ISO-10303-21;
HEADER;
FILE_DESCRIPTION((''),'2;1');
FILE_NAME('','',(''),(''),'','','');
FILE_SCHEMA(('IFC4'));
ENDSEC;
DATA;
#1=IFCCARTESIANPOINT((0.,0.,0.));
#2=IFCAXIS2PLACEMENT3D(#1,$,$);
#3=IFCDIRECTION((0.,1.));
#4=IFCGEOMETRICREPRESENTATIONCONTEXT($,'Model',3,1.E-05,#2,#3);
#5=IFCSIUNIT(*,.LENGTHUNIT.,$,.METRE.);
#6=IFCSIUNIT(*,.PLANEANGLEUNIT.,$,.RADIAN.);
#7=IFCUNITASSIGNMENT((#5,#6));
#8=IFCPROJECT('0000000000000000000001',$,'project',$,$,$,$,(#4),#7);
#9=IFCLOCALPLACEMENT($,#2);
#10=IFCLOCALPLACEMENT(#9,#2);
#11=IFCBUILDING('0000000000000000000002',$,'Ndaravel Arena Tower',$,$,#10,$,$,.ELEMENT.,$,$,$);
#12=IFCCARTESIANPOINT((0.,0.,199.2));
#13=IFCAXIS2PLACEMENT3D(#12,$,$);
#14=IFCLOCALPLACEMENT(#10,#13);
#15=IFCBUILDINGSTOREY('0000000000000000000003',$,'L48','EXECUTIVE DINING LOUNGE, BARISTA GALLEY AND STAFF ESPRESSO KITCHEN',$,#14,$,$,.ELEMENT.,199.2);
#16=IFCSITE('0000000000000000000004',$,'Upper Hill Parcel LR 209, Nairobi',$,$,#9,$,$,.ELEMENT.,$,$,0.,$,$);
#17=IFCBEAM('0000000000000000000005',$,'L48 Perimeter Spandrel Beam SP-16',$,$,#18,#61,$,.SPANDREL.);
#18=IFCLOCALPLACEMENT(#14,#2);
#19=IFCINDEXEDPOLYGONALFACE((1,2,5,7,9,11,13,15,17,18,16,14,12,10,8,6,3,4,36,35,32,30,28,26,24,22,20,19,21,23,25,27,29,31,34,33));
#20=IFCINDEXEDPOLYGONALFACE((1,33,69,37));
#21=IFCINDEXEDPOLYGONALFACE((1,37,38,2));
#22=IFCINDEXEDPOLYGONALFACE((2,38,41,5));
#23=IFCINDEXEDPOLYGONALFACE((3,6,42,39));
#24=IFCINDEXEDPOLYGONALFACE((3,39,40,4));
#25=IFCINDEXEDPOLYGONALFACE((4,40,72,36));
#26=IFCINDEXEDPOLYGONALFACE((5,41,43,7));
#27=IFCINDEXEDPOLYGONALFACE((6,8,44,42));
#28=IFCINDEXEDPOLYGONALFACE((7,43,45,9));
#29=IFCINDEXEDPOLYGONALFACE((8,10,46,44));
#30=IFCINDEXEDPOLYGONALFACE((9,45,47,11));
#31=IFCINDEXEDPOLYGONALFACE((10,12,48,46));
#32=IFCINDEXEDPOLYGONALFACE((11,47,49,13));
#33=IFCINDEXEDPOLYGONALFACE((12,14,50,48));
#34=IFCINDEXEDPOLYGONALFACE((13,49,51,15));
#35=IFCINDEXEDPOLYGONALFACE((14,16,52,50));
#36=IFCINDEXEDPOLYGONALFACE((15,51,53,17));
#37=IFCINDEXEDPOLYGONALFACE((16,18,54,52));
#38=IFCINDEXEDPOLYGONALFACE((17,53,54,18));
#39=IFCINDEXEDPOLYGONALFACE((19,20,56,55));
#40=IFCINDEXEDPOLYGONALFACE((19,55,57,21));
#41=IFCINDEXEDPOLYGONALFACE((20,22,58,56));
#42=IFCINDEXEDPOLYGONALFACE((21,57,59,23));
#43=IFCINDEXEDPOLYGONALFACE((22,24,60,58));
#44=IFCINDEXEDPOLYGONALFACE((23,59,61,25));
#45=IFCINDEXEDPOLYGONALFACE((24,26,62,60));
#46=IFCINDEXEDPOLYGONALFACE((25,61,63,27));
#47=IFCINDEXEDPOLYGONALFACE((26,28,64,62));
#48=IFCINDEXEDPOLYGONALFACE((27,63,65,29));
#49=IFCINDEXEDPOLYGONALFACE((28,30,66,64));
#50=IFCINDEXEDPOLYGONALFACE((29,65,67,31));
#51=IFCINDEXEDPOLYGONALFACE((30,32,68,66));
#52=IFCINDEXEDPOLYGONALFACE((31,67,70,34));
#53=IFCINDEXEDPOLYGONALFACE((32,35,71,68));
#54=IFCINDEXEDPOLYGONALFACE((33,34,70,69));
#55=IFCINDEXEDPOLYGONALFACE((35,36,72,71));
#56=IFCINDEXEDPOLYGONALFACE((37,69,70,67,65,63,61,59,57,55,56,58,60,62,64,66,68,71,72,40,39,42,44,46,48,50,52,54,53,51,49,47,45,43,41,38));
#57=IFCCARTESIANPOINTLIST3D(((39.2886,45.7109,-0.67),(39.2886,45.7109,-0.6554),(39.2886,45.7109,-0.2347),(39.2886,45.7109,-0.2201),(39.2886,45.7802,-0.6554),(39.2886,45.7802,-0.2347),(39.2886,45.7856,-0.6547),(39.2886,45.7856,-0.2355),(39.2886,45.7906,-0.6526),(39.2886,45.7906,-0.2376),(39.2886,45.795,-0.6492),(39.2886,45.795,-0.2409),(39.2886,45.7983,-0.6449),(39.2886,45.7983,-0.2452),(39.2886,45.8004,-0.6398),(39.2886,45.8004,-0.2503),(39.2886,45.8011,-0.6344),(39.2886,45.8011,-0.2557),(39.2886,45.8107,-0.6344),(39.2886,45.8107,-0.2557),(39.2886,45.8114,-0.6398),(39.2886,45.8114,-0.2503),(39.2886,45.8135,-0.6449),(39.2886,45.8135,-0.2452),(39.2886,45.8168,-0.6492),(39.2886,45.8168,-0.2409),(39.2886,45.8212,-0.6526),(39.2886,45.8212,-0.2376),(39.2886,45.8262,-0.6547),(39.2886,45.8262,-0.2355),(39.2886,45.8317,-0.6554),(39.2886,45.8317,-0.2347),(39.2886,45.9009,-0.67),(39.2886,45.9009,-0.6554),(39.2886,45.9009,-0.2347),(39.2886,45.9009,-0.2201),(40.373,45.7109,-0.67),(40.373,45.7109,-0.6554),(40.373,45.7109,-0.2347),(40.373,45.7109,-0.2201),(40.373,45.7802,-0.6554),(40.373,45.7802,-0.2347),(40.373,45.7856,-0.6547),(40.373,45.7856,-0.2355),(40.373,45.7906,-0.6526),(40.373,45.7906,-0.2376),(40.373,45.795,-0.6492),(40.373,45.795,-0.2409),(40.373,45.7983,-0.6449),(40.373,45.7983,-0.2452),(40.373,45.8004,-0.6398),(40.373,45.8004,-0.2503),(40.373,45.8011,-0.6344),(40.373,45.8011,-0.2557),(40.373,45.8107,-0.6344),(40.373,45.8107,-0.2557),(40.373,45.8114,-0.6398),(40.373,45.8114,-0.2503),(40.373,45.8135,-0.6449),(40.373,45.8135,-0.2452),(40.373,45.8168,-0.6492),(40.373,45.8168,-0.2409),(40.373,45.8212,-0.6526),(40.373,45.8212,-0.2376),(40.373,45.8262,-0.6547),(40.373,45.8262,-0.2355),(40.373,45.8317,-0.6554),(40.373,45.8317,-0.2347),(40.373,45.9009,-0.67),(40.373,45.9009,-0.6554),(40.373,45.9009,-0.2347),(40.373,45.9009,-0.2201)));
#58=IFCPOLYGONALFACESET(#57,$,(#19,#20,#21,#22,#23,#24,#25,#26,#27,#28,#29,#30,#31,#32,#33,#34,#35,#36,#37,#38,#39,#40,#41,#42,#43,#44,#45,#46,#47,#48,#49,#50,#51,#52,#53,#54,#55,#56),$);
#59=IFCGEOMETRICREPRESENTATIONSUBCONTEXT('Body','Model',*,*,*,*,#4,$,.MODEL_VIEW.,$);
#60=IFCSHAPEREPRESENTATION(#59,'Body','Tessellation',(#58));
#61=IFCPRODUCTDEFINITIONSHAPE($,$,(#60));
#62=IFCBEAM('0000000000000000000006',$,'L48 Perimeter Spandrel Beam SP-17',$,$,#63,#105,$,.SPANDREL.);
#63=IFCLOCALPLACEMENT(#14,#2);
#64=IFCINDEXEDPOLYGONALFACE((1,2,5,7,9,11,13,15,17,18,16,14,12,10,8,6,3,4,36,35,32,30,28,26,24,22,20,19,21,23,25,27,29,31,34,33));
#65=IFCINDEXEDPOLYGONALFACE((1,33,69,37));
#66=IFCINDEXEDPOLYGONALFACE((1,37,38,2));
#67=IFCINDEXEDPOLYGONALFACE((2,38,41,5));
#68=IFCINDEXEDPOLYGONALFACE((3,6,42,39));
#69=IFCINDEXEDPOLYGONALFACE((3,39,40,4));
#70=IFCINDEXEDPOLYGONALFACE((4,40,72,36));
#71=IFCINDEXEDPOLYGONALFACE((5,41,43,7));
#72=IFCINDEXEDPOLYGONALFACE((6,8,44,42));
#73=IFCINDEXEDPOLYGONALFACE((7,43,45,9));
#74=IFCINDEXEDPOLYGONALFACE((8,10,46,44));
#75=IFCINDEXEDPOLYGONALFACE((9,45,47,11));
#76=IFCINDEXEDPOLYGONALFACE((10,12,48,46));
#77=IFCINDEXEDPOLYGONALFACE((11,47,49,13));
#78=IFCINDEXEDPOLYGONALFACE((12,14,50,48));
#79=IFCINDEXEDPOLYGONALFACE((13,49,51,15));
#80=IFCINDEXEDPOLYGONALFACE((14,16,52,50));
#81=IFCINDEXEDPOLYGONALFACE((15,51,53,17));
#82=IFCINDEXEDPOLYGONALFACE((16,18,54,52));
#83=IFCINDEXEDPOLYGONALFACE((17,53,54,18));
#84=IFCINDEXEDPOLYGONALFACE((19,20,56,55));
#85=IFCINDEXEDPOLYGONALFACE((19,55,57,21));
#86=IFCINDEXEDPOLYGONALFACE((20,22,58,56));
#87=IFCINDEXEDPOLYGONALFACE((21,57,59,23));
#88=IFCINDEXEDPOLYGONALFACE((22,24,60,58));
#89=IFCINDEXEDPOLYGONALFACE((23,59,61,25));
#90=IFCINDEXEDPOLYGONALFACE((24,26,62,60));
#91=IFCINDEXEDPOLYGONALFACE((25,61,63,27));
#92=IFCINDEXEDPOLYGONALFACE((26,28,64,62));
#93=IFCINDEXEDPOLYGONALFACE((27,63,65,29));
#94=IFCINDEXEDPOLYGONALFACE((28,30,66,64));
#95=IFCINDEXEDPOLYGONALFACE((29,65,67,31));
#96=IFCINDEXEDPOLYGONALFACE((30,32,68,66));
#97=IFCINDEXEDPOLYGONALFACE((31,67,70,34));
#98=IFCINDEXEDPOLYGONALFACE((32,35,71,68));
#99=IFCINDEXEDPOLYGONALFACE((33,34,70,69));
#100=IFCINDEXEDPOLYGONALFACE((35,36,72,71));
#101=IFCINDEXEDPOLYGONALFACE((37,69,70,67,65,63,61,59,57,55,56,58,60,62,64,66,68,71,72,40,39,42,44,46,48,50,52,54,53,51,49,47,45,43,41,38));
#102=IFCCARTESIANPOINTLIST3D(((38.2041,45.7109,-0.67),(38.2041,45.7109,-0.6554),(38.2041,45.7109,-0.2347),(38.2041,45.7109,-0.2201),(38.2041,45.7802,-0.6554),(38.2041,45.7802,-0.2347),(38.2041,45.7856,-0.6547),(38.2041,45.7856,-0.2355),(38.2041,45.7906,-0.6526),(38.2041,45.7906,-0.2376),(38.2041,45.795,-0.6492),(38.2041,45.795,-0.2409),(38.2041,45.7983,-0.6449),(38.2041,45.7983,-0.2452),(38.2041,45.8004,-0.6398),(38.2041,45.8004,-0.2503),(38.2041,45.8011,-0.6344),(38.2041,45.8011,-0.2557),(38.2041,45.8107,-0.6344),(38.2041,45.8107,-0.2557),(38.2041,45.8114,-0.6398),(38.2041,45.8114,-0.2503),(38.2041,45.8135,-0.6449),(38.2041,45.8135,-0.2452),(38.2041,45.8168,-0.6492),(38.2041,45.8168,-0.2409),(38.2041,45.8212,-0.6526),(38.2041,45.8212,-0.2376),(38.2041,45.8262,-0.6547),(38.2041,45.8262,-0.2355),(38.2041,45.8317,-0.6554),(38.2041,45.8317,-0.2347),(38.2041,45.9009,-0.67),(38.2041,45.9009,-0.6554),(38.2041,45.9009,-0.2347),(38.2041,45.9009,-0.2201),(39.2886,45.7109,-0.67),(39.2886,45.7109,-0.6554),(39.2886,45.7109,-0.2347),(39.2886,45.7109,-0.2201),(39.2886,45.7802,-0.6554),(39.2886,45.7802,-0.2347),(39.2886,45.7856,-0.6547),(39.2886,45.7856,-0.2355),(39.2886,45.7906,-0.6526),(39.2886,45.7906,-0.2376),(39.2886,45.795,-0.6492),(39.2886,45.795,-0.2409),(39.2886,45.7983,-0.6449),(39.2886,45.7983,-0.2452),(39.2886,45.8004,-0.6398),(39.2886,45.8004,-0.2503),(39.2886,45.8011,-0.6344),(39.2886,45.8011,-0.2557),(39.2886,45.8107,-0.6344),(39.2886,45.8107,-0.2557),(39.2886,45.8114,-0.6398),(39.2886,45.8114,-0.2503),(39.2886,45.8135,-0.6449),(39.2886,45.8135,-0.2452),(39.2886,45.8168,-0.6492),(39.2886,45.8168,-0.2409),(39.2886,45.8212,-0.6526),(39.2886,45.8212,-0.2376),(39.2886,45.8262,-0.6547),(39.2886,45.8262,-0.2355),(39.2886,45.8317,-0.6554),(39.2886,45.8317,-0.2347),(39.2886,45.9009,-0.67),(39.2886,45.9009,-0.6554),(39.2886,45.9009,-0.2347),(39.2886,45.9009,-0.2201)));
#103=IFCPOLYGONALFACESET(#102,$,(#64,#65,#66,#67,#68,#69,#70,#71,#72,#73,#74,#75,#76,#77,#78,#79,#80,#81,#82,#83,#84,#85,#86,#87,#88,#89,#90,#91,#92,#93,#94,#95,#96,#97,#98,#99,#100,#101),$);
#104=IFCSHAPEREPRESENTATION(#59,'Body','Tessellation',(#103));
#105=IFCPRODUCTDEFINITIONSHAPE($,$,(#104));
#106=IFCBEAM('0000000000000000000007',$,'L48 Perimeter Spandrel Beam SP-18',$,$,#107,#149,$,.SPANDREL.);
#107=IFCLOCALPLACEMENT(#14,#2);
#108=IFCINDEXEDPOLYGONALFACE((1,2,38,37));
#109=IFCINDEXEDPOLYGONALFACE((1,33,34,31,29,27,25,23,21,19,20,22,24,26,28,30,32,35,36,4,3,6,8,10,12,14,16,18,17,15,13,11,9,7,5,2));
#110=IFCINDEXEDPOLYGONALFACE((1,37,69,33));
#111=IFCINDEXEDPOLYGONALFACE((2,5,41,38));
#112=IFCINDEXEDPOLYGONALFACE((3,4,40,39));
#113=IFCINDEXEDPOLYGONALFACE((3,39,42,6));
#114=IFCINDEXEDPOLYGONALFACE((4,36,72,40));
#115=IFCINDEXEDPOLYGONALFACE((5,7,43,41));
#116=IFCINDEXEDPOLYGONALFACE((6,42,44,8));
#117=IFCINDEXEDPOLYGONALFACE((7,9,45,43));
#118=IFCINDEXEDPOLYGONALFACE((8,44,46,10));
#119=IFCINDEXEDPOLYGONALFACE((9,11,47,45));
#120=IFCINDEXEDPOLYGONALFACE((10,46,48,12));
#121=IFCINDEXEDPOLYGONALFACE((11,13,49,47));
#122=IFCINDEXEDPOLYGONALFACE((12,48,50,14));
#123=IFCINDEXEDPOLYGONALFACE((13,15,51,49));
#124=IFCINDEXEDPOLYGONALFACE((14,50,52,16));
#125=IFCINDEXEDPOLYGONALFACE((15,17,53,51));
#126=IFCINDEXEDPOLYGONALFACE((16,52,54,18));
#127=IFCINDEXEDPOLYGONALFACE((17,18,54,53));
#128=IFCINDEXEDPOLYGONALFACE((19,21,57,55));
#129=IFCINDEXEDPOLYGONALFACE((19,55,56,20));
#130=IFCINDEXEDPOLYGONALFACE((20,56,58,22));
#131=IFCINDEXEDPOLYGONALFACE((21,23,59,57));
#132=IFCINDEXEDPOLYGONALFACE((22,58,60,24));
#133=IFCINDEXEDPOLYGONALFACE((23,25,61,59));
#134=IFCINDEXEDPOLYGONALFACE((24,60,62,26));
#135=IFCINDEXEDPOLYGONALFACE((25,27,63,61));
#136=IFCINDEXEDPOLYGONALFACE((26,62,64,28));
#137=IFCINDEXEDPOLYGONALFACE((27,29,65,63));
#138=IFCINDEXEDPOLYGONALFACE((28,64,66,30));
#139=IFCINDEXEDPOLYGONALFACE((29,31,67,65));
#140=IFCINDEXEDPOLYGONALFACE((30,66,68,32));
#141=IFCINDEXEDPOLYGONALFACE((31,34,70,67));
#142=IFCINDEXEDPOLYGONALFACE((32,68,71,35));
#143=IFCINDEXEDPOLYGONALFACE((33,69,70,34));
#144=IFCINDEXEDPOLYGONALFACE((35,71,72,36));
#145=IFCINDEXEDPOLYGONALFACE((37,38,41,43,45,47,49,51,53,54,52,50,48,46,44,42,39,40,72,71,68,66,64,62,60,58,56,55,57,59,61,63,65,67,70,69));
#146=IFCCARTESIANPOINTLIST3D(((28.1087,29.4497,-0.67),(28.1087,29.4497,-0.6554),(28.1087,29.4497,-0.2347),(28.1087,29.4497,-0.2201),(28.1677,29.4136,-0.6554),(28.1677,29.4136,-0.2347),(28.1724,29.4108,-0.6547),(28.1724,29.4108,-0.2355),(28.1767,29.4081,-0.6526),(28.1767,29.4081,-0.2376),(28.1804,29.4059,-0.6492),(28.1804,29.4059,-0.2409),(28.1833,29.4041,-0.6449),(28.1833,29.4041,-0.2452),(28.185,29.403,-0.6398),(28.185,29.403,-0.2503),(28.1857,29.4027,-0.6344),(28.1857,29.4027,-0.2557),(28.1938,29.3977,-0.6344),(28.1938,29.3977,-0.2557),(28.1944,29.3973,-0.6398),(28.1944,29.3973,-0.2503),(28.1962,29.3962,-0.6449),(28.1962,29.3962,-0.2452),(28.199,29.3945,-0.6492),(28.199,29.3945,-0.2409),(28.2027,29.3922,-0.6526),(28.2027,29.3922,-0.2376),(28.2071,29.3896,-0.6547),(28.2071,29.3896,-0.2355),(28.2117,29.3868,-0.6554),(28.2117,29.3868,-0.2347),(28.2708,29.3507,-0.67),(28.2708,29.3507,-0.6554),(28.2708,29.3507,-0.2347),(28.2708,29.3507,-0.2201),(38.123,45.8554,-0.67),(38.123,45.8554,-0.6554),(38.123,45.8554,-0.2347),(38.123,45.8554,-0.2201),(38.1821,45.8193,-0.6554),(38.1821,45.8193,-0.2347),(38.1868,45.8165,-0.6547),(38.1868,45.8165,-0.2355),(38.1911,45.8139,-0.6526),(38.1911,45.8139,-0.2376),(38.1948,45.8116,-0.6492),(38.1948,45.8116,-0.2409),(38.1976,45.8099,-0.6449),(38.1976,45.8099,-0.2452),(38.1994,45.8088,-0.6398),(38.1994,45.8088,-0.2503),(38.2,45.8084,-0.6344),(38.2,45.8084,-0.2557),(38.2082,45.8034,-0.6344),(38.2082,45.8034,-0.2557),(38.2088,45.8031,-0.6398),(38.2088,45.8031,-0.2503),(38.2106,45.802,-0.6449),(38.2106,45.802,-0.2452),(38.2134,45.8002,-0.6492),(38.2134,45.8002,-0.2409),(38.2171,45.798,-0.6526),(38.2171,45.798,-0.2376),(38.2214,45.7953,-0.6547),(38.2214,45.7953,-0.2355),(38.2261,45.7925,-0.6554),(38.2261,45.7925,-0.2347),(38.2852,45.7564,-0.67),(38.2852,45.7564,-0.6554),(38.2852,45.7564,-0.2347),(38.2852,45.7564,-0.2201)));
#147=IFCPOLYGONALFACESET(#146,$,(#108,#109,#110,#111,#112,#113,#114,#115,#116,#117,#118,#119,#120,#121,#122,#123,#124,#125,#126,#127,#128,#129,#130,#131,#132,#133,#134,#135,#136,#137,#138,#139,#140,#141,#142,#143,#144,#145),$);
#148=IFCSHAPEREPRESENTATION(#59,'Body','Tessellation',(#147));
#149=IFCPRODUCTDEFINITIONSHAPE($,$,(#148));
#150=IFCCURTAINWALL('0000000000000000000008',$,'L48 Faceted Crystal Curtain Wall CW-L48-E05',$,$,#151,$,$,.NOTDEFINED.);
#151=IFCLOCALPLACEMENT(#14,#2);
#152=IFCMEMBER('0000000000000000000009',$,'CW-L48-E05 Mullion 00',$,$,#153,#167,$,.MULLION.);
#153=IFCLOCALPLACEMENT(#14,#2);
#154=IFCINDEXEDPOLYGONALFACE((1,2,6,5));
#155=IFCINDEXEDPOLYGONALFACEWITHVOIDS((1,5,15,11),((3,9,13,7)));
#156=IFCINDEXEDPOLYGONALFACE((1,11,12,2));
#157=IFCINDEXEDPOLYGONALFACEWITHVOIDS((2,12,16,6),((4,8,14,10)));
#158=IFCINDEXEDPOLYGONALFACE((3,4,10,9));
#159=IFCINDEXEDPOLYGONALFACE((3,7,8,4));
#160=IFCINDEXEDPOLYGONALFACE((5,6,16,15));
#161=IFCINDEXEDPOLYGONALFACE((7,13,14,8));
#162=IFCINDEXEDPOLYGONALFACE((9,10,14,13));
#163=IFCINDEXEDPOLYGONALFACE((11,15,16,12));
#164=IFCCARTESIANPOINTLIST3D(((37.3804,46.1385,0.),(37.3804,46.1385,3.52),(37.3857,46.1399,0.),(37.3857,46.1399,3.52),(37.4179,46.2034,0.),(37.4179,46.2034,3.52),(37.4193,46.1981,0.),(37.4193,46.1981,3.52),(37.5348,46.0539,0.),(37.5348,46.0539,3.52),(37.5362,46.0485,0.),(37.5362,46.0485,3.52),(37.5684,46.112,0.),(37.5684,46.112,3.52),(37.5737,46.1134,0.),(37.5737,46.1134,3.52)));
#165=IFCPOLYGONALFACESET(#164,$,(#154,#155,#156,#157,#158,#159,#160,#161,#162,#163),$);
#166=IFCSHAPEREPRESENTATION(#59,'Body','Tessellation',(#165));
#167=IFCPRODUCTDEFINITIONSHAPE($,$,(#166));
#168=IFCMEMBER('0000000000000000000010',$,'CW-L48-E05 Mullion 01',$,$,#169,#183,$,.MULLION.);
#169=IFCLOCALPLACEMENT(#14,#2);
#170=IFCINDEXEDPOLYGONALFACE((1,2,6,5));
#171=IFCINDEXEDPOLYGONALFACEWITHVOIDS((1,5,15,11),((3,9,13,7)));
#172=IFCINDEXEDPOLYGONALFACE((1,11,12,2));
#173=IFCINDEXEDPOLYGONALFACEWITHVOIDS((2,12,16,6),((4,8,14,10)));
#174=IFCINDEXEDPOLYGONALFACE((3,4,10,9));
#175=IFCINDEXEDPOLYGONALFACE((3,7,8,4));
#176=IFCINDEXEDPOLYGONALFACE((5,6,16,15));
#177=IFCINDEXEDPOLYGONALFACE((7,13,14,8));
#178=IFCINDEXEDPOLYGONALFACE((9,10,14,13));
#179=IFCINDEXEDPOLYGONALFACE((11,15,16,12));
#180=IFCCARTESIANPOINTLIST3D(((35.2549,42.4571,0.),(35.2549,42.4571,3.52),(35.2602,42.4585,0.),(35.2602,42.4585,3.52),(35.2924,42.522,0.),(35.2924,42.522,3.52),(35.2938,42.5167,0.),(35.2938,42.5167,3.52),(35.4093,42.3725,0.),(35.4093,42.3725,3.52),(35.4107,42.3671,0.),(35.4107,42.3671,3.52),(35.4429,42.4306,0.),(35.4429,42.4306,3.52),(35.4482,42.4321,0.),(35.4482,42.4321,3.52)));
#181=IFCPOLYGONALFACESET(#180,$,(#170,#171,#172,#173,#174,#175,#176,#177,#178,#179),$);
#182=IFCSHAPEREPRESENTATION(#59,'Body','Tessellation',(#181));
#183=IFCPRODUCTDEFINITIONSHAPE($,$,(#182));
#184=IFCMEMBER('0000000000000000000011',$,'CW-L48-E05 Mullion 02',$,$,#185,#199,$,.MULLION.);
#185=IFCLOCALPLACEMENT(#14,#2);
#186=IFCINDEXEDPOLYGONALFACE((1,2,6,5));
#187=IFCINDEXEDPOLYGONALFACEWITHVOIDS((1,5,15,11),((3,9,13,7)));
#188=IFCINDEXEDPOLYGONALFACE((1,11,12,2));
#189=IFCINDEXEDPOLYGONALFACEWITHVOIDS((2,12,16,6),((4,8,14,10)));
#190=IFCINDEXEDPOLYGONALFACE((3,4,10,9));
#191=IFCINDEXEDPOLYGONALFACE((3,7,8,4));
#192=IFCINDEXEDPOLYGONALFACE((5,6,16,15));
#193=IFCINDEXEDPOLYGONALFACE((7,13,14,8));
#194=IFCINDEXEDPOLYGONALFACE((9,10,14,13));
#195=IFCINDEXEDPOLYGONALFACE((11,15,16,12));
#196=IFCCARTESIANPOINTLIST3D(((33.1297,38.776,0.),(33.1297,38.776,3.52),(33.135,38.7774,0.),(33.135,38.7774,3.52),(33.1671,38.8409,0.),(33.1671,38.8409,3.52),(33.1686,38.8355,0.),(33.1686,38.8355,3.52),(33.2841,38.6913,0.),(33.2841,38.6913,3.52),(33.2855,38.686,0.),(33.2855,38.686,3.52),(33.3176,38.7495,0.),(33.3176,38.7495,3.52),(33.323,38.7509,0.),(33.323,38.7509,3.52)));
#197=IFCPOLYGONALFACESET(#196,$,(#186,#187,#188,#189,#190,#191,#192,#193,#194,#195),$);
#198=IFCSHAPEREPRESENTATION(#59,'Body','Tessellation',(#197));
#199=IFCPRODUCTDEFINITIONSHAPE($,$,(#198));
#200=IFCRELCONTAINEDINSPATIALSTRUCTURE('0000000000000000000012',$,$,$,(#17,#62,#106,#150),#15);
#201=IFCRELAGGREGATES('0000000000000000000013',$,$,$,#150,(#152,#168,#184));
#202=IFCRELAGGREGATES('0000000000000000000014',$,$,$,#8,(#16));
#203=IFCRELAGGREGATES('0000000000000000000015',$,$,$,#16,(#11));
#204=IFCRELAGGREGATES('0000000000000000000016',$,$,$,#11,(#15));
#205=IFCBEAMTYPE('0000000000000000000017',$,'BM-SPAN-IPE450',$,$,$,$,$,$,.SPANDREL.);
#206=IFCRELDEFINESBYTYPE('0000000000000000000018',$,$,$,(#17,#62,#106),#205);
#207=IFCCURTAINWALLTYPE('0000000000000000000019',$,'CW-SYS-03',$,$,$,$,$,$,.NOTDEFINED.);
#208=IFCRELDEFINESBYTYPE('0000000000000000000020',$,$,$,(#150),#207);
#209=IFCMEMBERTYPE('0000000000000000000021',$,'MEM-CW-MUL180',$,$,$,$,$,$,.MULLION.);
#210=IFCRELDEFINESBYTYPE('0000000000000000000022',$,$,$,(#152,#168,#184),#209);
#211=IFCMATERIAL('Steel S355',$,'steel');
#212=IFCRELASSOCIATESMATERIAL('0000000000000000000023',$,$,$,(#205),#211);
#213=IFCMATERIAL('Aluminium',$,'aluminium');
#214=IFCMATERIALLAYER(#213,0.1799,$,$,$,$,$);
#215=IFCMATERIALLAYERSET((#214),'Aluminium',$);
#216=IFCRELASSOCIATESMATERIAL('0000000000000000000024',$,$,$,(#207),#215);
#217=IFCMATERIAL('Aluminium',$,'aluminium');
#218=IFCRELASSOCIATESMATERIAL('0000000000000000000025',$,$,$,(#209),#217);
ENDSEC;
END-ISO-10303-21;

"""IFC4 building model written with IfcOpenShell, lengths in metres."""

from ifc_helpers import new_model, si_unit, direction, frame, origin, origin_2d, place, context, subcontext, project, spatial, hollow_rectangle, i_section, extrude, material, layer, layer_set, material_profile, profile_set, type_object, element, aggregate, save


model = new_model("IFC4")

# Units and contexts
model_context = context("Model", 3, precision=1e-05, world=origin(), true_north=direction((0.0, 1.0)))
body_context = subcontext(model_context, "Body", "Model", "MODEL_VIEW")
ifc_project = project(units=[si_unit("LENGTHUNIT", "METRE"), si_unit("PLANEANGLEUNIT", "RADIAN")], contexts=[model_context])

# Site, building, storey
site_placement = place(None, origin())
site = spatial("IfcSite", under=ifc_project, at=site_placement, Name="Upper Hill Parcel LR 209, Nairobi", CompositionType="ELEMENT", RefElevation=0.0)
building_placement = place(site_placement, origin())
building = spatial("IfcBuilding", under=site, at=building_placement, Name="Ndaravel Arena Tower", CompositionType="ELEMENT")
storey_placement = place(building_placement, frame((0.0, 0.0, 199.2)))
storey = spatial("IfcBuildingStorey", under=building, at=storey_placement, Name="L48", Description="EXECUTIVE DINING LOUNGE, BARISTA GALLEY AND STAFF ESPRESSO KITCHEN", CompositionType="ELEMENT", Elevation=199.2)

# Beams
ifc_material_1 = material(Name="Steel S355", Category="steel")
ifc_material_profile_1 = material_profile(ifc_material_1, i_section(OverallWidth=0.1899, OverallDepth=0.45, WebThickness=0.0095, FlangeThickness=0.0146, FilletRadius=0.021, at=origin_2d()), Name="IPE 450")
ifc_profile_set_1 = profile_set([ifc_material_profile_1], Name="Steel S355")
beam_type_1 = type_object("IfcBeamType", Name="BM-SPAN-IPE450", PredefinedType="SPANDREL", material=ifc_profile_set_1)
for number, where, z_axis, x_axis, name in (
    (1, (40.373, 45.8059, -0.4451), (-1.0, 0.0, 0.0), (0.0, -1.0, 0.0), "L48 Perimeter Spandrel Beam SP-16"),
    (2, (39.2886, 45.8059, -0.4451), (-1.0, 0.0, 0.0), (0.0, -1.0, 0.0), "L48 Perimeter Spandrel Beam SP-17"),
):
    element("IfcBeam", number, at=place(storey_placement, frame(where, z_axis=z_axis, x_axis=x_axis)), inside=storey, type_object=beam_type_1, Name=name, PredefinedType="SPANDREL", context=body_context, shape_type="SweptSolid", body=[
        extrude(i_section(OverallWidth=0.1899, OverallDepth=0.45, WebThickness=0.0095, FlangeThickness=0.0146, FilletRadius=0.021, at=origin_2d()), origin(), (0.0, 0.0, 1.0), 1.0845),
    ])
beam_1_placement = place(storey_placement, frame((38.2041, 45.8059, -0.4451), z_axis=(-0.52102, -0.853544, 0.0), x_axis=(0.853544, -0.52102, 0.0)))
element("IfcBeam", 3, at=beam_1_placement, inside=storey, type_object=beam_type_1, Name="L48 Perimeter Spandrel Beam SP-18", PredefinedType="SPANDREL", context=body_context, shape_type="SweptSolid", body=[
    extrude(i_section(OverallWidth=0.1899, OverallDepth=0.45, WebThickness=0.0095, FlangeThickness=0.0146, FilletRadius=0.021, at=origin_2d()), origin(), (0.0, 0.0, 1.0), 19.2207),
])

# Curtain wall, members
ifc_material_2 = material(Name="Aluminium", Category="aluminium")
ifc_layer_1 = layer(ifc_material_2, 0.1799)
ifc_layer_set_1 = layer_set([ifc_layer_1], Name="Aluminium")
curtain_wall_type_1 = type_object("IfcCurtainWallType", Name="CW-SYS-03", PredefinedType="NOTDEFINED", material=ifc_layer_set_1)
curtain_wall_1_placement = place(storey_placement, origin())
curtain_wall_1 = element("IfcCurtainWall", 4, at=curtain_wall_1_placement, inside=storey, type_object=curtain_wall_type_1, Name="L48 Faceted Crystal Curtain Wall CW-L48-E05", PredefinedType="NOTDEFINED")
ifc_material_3 = material(Name="Aluminium", Category="aluminium")
ifc_material_profile_2 = material_profile(ifc_material_3, hollow_rectangle(XDim=0.075, YDim=0.1799, WallThickness=0.0039, at=origin_2d()), Name="CW MULLION 75x180x4")
ifc_profile_set_2 = profile_set([ifc_material_profile_2], Name="Aluminium")
member_type_1 = type_object("IfcMemberType", Name="MEM-CW-MUL180", PredefinedType="MULLION", material=ifc_profile_set_2)
member_1_placement = place(storey_placement, frame((37.4771, 46.126, 0.0), z_axis=(0.0, 0.0, 1.0), x_axis=(-0.5, -0.866025, 0.0)))
member_1 = element("IfcMember", 5, at=member_1_placement, type_object=member_type_1, Name="CW-L48-E05 Mullion 00", PredefinedType="MULLION", context=body_context, shape_type="SweptSolid", body=[
    extrude(hollow_rectangle(XDim=0.075, YDim=0.1799, WallThickness=0.0039, at=origin_2d()), origin(), (0.0, 0.0, 1.0), 3.52),
])
member_2_placement = place(storey_placement, frame((35.3516, 42.4446, 0.0), z_axis=(0.0, 0.0, 1.0), x_axis=(-0.5, -0.866025, 0.0)))
member_2 = element("IfcMember", 6, at=member_2_placement, type_object=member_type_1, Name="CW-L48-E05 Mullion 01", PredefinedType="MULLION", context=body_context, shape_type="SweptSolid", body=[
    extrude(hollow_rectangle(XDim=0.075, YDim=0.1799, WallThickness=0.0039, at=origin_2d()), origin(), (0.0, 0.0, 1.0), 3.52),
])
member_3_placement = place(storey_placement, frame((33.2263, 38.7634, 0.0), z_axis=(0.0, 0.0, 1.0), x_axis=(-0.5, -0.866025, 0.0)))
member_3 = element("IfcMember", 7, at=member_3_placement, type_object=member_type_1, Name="CW-L48-E05 Mullion 02", PredefinedType="MULLION", context=body_context, shape_type="SweptSolid", body=[
    extrude(hollow_rectangle(XDim=0.075, YDim=0.1799, WallThickness=0.0039, at=origin_2d()), origin(), (0.0, 0.0, 1.0), 3.52),
])

aggregate(curtain_wall_1, [member_1, member_2, member_3])

save(model, "model.ifc")
